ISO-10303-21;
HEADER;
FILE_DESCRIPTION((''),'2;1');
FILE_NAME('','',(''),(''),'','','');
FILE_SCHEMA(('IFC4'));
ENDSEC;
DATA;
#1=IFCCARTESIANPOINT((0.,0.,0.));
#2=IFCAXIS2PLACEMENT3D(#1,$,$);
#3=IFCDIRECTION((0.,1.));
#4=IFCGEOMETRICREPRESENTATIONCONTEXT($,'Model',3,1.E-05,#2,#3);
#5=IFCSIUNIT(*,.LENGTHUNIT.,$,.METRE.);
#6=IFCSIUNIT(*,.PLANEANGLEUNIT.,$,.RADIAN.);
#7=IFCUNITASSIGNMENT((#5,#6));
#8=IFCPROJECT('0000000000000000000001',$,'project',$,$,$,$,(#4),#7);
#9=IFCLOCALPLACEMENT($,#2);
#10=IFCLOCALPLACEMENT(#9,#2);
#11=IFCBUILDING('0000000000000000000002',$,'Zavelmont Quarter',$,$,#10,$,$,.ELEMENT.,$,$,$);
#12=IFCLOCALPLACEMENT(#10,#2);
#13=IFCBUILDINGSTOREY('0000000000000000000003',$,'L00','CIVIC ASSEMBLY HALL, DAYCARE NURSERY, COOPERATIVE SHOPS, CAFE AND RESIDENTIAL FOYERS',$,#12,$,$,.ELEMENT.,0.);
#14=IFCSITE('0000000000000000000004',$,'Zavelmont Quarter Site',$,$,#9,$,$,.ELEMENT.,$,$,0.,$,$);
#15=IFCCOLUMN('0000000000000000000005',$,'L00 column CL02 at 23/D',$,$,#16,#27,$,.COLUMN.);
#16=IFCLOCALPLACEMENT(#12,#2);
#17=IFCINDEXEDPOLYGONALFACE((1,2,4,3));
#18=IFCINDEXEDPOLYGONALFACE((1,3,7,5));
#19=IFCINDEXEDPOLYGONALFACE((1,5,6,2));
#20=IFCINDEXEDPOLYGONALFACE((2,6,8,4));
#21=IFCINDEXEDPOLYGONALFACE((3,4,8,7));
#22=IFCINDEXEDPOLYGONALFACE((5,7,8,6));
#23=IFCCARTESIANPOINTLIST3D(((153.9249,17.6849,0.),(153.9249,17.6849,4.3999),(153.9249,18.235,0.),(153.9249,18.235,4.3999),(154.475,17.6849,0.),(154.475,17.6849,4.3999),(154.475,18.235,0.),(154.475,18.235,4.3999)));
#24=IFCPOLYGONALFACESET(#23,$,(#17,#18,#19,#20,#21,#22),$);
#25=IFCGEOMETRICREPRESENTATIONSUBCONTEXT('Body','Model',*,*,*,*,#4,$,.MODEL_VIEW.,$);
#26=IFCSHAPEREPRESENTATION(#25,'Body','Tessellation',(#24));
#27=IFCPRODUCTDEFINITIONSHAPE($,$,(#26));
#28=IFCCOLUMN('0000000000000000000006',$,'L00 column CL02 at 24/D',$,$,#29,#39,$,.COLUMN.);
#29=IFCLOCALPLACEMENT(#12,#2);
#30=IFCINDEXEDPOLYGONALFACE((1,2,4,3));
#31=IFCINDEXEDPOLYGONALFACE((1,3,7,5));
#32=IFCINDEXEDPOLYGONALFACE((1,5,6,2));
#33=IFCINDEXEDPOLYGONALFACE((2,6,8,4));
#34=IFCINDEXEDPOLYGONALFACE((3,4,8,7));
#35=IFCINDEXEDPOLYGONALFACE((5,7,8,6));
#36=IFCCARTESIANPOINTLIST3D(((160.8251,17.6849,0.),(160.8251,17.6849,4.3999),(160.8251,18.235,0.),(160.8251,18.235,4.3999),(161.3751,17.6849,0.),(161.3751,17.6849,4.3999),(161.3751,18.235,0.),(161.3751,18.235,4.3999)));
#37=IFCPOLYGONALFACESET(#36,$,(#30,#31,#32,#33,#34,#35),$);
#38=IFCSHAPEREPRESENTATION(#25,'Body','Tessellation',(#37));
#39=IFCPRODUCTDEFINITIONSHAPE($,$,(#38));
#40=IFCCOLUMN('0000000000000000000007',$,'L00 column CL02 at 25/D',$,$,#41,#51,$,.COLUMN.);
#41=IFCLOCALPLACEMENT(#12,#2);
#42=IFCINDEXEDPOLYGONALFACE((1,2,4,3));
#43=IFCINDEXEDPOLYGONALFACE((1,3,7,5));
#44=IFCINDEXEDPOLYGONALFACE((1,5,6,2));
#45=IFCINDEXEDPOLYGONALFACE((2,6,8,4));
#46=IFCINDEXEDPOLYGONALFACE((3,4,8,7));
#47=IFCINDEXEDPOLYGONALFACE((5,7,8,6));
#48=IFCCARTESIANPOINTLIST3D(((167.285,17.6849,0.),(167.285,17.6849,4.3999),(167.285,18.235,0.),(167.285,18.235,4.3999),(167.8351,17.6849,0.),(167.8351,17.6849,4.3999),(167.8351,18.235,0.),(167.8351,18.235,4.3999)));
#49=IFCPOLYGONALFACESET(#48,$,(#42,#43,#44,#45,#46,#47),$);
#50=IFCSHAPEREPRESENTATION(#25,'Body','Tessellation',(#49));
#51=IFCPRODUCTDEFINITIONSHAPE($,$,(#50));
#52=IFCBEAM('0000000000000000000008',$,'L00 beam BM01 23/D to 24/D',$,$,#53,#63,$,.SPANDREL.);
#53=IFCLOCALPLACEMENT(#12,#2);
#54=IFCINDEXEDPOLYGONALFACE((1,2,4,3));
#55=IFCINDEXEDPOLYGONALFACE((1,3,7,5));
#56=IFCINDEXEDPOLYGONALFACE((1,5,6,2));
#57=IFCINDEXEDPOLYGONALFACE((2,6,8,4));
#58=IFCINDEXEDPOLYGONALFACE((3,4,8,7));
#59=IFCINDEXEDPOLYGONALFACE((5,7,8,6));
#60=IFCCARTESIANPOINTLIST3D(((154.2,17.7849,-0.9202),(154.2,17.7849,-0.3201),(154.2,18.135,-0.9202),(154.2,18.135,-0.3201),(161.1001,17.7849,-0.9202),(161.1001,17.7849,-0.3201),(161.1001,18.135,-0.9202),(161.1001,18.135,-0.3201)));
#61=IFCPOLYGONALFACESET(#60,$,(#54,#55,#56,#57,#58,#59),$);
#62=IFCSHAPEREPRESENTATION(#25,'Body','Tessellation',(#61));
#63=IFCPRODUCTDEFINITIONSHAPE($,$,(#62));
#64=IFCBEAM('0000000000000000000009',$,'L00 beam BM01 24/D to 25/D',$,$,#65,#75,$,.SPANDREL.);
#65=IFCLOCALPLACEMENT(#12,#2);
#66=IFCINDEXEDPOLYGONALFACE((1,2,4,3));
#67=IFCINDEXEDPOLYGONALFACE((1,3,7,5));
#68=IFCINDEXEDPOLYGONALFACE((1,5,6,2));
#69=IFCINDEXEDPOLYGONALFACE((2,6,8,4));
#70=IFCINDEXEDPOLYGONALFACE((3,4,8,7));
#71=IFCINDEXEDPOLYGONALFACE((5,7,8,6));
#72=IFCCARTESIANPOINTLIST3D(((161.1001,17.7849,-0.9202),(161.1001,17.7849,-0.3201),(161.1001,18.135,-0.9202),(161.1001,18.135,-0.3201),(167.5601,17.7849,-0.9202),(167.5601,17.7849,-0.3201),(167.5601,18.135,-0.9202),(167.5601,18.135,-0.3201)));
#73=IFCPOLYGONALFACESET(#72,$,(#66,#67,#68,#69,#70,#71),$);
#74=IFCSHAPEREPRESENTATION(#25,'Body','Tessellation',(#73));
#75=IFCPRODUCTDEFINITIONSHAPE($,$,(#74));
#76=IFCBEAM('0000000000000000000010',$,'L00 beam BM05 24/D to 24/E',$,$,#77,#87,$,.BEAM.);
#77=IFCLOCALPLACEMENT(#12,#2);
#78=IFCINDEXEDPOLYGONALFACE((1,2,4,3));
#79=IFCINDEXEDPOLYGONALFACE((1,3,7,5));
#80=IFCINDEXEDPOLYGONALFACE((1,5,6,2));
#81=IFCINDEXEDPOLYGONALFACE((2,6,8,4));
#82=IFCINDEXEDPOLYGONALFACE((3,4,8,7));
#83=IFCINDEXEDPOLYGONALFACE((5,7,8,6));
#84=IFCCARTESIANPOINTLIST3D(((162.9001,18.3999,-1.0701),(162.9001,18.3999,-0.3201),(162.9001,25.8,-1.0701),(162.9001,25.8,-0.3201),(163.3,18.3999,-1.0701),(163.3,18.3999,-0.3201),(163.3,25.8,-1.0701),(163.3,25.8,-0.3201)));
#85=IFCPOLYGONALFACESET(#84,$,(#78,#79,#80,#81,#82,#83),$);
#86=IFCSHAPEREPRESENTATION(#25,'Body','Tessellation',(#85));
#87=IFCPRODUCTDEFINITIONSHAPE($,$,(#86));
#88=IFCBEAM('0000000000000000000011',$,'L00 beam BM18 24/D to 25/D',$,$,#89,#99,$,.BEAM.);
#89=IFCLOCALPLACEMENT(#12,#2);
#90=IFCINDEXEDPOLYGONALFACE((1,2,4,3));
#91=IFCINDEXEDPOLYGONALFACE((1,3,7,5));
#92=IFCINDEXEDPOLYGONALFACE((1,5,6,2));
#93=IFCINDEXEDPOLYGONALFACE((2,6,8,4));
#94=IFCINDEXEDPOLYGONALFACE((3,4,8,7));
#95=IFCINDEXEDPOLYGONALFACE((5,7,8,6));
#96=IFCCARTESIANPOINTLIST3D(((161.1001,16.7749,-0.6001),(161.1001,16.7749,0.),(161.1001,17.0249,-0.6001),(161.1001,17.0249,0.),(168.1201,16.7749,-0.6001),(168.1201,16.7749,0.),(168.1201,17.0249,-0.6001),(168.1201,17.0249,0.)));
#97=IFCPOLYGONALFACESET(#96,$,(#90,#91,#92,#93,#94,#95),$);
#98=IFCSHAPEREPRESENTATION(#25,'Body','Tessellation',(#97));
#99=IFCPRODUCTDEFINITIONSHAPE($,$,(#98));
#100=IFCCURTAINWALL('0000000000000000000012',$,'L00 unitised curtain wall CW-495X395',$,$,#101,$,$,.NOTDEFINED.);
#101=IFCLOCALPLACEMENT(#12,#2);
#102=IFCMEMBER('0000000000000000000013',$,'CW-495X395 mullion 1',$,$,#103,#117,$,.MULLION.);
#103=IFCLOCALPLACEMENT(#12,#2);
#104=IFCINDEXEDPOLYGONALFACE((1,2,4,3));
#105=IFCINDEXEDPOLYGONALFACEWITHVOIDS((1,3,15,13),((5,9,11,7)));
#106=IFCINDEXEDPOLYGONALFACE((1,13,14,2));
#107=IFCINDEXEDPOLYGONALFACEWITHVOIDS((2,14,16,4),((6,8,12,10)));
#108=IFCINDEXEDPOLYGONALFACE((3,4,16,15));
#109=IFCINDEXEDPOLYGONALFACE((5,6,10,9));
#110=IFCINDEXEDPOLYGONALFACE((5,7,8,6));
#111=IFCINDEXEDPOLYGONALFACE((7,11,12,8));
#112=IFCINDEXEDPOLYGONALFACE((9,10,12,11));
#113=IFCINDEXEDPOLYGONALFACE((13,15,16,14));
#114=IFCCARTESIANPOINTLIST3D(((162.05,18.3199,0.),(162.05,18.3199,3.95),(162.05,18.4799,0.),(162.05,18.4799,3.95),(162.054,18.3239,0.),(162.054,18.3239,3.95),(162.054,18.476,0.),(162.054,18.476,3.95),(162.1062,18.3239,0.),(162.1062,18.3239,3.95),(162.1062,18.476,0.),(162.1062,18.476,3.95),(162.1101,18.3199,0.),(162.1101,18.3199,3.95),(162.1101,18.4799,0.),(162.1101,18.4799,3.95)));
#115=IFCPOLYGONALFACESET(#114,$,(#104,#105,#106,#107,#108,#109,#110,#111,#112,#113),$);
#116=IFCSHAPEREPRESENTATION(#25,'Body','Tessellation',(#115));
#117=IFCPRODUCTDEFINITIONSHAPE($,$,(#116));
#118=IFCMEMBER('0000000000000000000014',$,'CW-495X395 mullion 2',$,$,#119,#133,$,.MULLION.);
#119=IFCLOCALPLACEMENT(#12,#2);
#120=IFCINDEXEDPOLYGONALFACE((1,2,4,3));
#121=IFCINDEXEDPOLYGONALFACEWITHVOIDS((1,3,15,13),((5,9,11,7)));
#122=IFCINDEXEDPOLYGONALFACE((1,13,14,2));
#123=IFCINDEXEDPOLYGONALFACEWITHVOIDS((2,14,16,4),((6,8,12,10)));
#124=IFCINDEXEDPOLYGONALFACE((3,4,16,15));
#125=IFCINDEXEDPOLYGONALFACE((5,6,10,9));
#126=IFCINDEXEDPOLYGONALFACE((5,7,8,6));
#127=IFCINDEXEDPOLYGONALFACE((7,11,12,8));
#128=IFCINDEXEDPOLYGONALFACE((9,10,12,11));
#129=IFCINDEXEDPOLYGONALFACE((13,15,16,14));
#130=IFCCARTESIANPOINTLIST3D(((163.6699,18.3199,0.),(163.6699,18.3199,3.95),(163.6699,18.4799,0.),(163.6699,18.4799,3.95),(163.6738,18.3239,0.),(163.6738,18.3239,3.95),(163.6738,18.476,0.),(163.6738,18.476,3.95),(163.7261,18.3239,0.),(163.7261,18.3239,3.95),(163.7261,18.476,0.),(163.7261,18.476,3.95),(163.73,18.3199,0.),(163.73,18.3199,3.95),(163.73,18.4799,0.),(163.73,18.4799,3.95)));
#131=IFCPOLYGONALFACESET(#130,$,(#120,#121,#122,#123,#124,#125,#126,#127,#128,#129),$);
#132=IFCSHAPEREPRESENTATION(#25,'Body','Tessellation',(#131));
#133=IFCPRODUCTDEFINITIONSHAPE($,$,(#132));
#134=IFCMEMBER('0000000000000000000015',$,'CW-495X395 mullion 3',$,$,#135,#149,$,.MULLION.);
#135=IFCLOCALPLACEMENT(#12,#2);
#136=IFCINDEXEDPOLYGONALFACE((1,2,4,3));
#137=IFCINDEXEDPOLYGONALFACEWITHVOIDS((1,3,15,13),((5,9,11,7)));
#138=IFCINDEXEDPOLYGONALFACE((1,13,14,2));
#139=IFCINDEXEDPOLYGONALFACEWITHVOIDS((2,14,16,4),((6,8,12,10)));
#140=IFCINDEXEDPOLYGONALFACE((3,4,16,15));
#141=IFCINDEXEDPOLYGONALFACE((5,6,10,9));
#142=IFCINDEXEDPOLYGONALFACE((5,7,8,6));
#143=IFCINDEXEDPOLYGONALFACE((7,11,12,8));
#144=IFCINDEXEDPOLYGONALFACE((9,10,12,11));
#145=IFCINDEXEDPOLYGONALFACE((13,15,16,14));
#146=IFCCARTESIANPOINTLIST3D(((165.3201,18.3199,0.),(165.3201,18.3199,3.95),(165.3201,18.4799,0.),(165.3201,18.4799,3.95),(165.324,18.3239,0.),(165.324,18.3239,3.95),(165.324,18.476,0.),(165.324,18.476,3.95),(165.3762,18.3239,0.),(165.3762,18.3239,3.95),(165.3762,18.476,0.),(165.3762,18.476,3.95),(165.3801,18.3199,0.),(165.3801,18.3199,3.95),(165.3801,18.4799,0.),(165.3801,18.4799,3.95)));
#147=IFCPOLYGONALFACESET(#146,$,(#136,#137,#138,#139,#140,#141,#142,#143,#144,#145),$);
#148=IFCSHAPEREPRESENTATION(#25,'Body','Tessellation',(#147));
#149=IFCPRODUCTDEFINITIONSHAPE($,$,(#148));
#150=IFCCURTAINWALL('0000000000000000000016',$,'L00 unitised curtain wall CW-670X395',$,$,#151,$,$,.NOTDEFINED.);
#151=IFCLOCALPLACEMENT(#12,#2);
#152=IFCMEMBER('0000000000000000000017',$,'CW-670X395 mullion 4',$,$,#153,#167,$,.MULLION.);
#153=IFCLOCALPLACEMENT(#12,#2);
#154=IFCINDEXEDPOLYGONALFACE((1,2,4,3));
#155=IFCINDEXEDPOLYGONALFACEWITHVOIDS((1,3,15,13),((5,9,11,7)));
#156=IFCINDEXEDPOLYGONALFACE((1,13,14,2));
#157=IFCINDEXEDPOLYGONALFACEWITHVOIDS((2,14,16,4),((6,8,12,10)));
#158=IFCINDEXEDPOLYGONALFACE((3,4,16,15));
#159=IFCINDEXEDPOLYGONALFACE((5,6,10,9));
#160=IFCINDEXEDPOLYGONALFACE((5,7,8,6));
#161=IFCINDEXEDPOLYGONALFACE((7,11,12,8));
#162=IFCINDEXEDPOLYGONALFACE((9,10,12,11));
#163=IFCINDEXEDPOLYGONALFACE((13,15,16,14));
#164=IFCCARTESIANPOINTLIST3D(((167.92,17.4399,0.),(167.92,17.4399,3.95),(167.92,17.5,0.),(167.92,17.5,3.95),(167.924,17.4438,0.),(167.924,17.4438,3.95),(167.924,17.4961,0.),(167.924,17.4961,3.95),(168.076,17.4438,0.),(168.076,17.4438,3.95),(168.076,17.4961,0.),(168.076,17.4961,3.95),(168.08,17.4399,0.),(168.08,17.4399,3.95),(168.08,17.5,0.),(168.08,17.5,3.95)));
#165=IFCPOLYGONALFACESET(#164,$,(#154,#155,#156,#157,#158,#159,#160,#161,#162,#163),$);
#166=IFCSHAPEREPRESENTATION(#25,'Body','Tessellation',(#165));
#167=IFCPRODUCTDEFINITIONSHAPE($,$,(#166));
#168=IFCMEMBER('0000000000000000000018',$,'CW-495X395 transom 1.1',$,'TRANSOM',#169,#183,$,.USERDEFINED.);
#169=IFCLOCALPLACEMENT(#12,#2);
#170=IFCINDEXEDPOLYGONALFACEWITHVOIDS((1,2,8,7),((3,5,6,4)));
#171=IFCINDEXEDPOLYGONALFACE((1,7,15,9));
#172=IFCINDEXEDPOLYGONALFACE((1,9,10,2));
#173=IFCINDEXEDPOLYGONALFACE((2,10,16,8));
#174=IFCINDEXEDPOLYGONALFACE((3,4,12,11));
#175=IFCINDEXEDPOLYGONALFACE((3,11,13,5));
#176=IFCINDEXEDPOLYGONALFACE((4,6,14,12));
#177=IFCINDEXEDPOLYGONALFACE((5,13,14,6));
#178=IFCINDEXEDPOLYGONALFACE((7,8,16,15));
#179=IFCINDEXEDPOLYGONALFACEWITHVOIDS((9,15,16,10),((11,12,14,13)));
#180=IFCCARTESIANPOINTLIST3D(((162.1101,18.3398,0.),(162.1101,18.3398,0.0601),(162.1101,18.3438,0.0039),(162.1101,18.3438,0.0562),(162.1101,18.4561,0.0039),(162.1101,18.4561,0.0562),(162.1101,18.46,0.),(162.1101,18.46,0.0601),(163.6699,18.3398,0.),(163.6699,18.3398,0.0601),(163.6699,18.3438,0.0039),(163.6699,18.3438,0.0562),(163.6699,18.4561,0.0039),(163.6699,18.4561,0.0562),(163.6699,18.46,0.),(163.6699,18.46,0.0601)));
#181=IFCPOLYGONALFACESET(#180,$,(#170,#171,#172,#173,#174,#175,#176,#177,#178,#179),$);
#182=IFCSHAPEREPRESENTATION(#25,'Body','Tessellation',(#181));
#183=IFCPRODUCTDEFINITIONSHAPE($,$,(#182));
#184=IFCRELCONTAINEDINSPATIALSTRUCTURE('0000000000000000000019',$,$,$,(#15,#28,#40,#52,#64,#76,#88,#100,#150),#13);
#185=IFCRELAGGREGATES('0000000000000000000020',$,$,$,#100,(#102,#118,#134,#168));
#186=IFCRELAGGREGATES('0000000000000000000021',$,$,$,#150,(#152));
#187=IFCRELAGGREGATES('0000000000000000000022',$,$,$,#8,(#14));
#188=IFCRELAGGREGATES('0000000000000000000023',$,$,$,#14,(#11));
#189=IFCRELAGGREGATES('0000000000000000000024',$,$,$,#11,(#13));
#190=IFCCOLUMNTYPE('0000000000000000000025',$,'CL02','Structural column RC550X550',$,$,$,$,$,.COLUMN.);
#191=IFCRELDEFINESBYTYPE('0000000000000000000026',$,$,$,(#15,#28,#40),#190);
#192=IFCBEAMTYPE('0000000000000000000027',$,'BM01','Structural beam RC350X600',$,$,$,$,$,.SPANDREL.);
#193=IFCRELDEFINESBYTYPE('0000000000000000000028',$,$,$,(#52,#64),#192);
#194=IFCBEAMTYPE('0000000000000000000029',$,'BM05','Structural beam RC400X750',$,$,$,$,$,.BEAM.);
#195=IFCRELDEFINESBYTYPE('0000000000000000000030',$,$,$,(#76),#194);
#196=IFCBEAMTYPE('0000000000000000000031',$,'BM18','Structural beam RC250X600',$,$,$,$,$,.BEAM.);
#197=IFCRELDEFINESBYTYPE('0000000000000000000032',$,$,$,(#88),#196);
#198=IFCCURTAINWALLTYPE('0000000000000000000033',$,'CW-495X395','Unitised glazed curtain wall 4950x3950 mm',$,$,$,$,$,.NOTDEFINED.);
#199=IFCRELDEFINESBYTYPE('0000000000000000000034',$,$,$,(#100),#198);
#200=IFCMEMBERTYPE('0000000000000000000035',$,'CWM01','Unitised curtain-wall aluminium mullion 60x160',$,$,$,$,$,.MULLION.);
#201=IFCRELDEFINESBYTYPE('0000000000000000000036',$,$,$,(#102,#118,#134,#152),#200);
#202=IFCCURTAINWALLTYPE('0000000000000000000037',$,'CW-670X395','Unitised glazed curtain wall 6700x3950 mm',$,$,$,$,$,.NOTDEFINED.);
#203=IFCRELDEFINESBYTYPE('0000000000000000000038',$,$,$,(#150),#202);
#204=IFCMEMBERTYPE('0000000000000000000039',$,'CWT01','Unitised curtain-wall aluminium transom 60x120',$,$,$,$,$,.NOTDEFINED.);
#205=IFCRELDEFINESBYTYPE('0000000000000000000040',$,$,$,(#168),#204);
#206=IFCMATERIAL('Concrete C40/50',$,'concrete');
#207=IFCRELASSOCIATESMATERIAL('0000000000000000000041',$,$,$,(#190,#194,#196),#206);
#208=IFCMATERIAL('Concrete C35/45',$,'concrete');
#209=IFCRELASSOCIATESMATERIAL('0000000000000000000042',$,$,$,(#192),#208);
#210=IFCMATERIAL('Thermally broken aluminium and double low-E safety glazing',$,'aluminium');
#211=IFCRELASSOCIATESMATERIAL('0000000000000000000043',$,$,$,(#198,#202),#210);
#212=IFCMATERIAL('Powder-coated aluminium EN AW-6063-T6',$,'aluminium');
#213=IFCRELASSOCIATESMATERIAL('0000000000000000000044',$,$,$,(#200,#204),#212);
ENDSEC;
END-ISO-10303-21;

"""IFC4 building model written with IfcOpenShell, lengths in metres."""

from ifc_helpers import new_model, si_unit, direction, frame, origin, origin_2d, place, context, subcontext, project, spatial, rectangle, hollow_rectangle, extrude, material, material_profile, profile_set, type_object, element, aggregate, save


model = new_model("IFC4")

# Units and contexts
model_context = context("Model", 3, precision=1e-05, world=origin(), true_north=direction((0.0, 1.0)))
body_context = subcontext(model_context, "Body", "Model", "MODEL_VIEW")
ifc_project = project(units=[si_unit("LENGTHUNIT", "METRE"), si_unit("PLANEANGLEUNIT", "RADIAN")], contexts=[model_context])

# Site, building, storey
site_placement = place(None, origin())
site = spatial("IfcSite", under=ifc_project, at=site_placement, Name="Zavelmont Quarter Site", CompositionType="ELEMENT", RefElevation=0.0)
building_placement = place(site_placement, origin())
building = spatial("IfcBuilding", under=site, at=building_placement, Name="Zavelmont Quarter", CompositionType="ELEMENT")
storey_placement = place(building_placement, origin())
storey = spatial("IfcBuildingStorey", under=building, at=storey_placement, Name="L00", Description="CIVIC ASSEMBLY HALL, DAYCARE NURSERY, COOPERATIVE SHOPS, CAFE AND RESIDENTIAL FOYERS", CompositionType="ELEMENT", Elevation=0.0)

# Columns
ifc_material_1 = material(Name="Concrete C40/50", Category="concrete")
ifc_material_profile_1 = material_profile(ifc_material_1, rectangle(XDim=0.55, YDim=0.55, at=origin_2d()), Name="RC550X550")
ifc_profile_set_1 = profile_set([ifc_material_profile_1], Name="Concrete C40/50")
column_type = type_object("IfcColumnType", Name="CL02", Description="Structural column RC550X550", PredefinedType="COLUMN", material=ifc_profile_set_1)
for number, where, z_axis, x_axis, name in (
    (1, (154.2, 17.96, 0.0), (0.0, 0.0, 1.0), (1.0, 0.0, 0.0), "L00 column CL02 at 23/D"),
    (2, (161.1001, 17.96, 0.0), (0.0, 0.0, 1.0), (1.0, 0.0, 0.0), "L00 column CL02 at 24/D"),
    (3, (167.5601, 17.96, 0.0), (0.0, 0.0, 1.0), (1.0, 0.0, 0.0), "L00 column CL02 at 25/D"),
):
    element("IfcColumn", number, at=place(storey_placement, frame(where, z_axis=z_axis, x_axis=x_axis)), inside=storey, type_object=column_type, Name=name, PredefinedType="COLUMN", context=body_context, shape_type="SweptSolid", body=[
        extrude(rectangle(XDim=0.55, YDim=0.55, at=origin_2d()), origin(), (0.0, 0.0, 1.0), 4.3999),
    ])

# Beams
ifc_material_2 = material(Name="Concrete C35/45", Category="concrete")
ifc_material_profile_2 = material_profile(ifc_material_2, rectangle(XDim=0.3501, YDim=0.6001, at=origin_2d()), Name="RC350X600")
ifc_profile_set_2 = profile_set([ifc_material_profile_2], Name="Concrete C35/45")
beam_type_1 = type_object("IfcBeamType", Name="BM01", Description="Structural beam RC350X600", PredefinedType="SPANDREL", material=ifc_profile_set_2)
beam_1_placement = place(storey_placement, frame((154.2, 17.96, -0.6201), z_axis=(1.0, 0.0, 0.0), x_axis=(0.0, 1.0, 0.0)))
element("IfcBeam", 4, at=beam_1_placement, inside=storey, type_object=beam_type_1, Name="L00 beam BM01 23/D to 24/D", PredefinedType="SPANDREL", context=body_context, shape_type="SweptSolid", body=[
    extrude(rectangle(XDim=0.3501, YDim=0.6001, at=origin_2d()), origin(), (0.0, 0.0, 1.0), 6.9001),
])
beam_2_placement = place(storey_placement, frame((161.1001, 17.96, -0.6201), z_axis=(1.0, 0.0, 0.0), x_axis=(0.0, 1.0, 0.0)))
element("IfcBeam", 5, at=beam_2_placement, inside=storey, type_object=beam_type_1, Name="L00 beam BM01 24/D to 25/D", PredefinedType="SPANDREL", context=body_context, shape_type="SweptSolid", body=[
    extrude(rectangle(XDim=0.3501, YDim=0.6001, at=origin_2d()), origin(), (0.0, 0.0, 1.0), 6.46),
])
ifc_material_profile_3 = material_profile(ifc_material_1, rectangle(XDim=0.3999, YDim=0.75, at=origin_2d()), Name="RC400X750")
ifc_profile_set_3 = profile_set([ifc_material_profile_3], Name="Concrete C40/50")
beam_type_2 = type_object("IfcBeamType", Name="BM05", Description="Structural beam RC400X750", PredefinedType="BEAM", material=ifc_profile_set_3)
beam_3_placement = place(storey_placement, frame((163.1001, 18.3999, -0.6951), z_axis=(0.0, 1.0, 0.0), x_axis=(-1.0, 0.0, 0.0)))
element("IfcBeam", 6, at=beam_3_placement, inside=storey, type_object=beam_type_2, Name="L00 beam BM05 24/D to 24/E", PredefinedType="BEAM", context=body_context, shape_type="SweptSolid", body=[
    extrude(rectangle(XDim=0.3999, YDim=0.75, at=origin_2d()), origin(), (0.0, 0.0, 1.0), 7.4001),
])
ifc_material_profile_4 = material_profile(ifc_material_1, rectangle(XDim=0.25, YDim=0.6001, at=origin_2d()), Name="RC250X600")
ifc_profile_set_4 = profile_set([ifc_material_profile_4], Name="Concrete C40/50")
beam_type_3 = type_object("IfcBeamType", Name="BM18", Description="Structural beam RC250X600", PredefinedType="BEAM", material=ifc_profile_set_4)
beam_4_placement = place(storey_placement, frame((161.1001, 16.8999, -0.3), z_axis=(1.0, 0.0, 0.0), x_axis=(0.0, 1.0, 0.0)))
element("IfcBeam", 7, at=beam_4_placement, inside=storey, type_object=beam_type_3, Name="L00 beam BM18 24/D to 25/D", PredefinedType="BEAM", context=body_context, shape_type="SweptSolid", body=[
    extrude(rectangle(XDim=0.25, YDim=0.6001, at=origin_2d()), origin(), (0.0, 0.0, 1.0), 7.02),
])

# Curtain wall, members
ifc_material_3 = material(Name="Thermally broken aluminium and double low-E safety glazing", Category="aluminium")
curtain_wall_type_1 = type_object("IfcCurtainWallType", Name="CW-495X395", Description="Unitised glazed curtain wall 4950x3950 mm", PredefinedType="NOTDEFINED", material=ifc_material_3)
curtain_wall_1_placement = place(storey_placement, origin())
curtain_wall_1 = element("IfcCurtainWall", 8, at=curtain_wall_1_placement, inside=storey, type_object=curtain_wall_type_1, Name="L00 unitised curtain wall CW-495X395", PredefinedType="NOTDEFINED")
ifc_material_4 = material(Name="Powder-coated aluminium EN AW-6063-T6", Category="aluminium")
ifc_material_profile_5 = material_profile(ifc_material_4, hollow_rectangle(XDim=0.0601, YDim=0.1599, WallThickness=0.0039, at=origin_2d()), Name="CWM60X160")
ifc_profile_set_5 = profile_set([ifc_material_profile_5], Name="Powder-coated aluminium EN AW-6063-T6")
member_type_1 = type_object("IfcMemberType", Name="CWM01", Description="Unitised curtain-wall aluminium mullion 60x160", PredefinedType="MULLION", material=ifc_profile_set_5)
member_1_placement = place(storey_placement, frame((162.0801, 18.3999, 0.0), z_axis=(0.0, 0.0, 1.0), x_axis=(1.0, 0.0, 0.0)))
member_1 = element("IfcMember", 9, at=member_1_placement, type_object=member_type_1, Name="CW-495X395 mullion 1", PredefinedType="MULLION", context=body_context, shape_type="SweptSolid", body=[
    extrude(hollow_rectangle(XDim=0.0601, YDim=0.1599, WallThickness=0.0039, at=origin_2d()), origin(), (0.0, 0.0, 1.0), 3.95),
])
member_2_placement = place(storey_placement, frame((163.7, 18.3999, 0.0), z_axis=(0.0, 0.0, 1.0), x_axis=(1.0, 0.0, 0.0)))
member_2 = element("IfcMember", 10, at=member_2_placement, type_object=member_type_1, Name="CW-495X395 mullion 2", PredefinedType="MULLION", context=body_context, shape_type="SweptSolid", body=[
    extrude(hollow_rectangle(XDim=0.0601, YDim=0.1599, WallThickness=0.0039, at=origin_2d()), origin(), (0.0, 0.0, 1.0), 3.95),
])
member_3_placement = place(storey_placement, frame((165.3501, 18.3999, 0.0), z_axis=(0.0, 0.0, 1.0), x_axis=(1.0, 0.0, 0.0)))
member_3 = element("IfcMember", 11, at=member_3_placement, type_object=member_type_1, Name="CW-495X395 mullion 3", PredefinedType="MULLION", context=body_context, shape_type="SweptSolid", body=[
    extrude(hollow_rectangle(XDim=0.0601, YDim=0.1599, WallThickness=0.0039, at=origin_2d()), origin(), (0.0, 0.0, 1.0), 3.95),
])

# Curtain wall, member
curtain_wall_type_2 = type_object("IfcCurtainWallType", Name="CW-670X395", Description="Unitised glazed curtain wall 6700x3950 mm", PredefinedType="NOTDEFINED", material=ifc_material_3)
curtain_wall_2_placement = place(storey_placement, origin())
curtain_wall_2 = element("IfcCurtainWall", 12, at=curtain_wall_2_placement, inside=storey, type_object=curtain_wall_type_2, Name="L00 unitised curtain wall CW-670X395", PredefinedType="NOTDEFINED")
member_4_placement = place(storey_placement, frame((168.0, 17.47, 0.0), z_axis=(0.0, 0.0, 1.0), x_axis=(0.0, 1.0, 0.0)))
member_4 = element("IfcMember", 13, at=member_4_placement, type_object=member_type_1, Name="CW-670X395 mullion 4", PredefinedType="MULLION", context=body_context, shape_type="SweptSolid", body=[
    extrude(hollow_rectangle(XDim=0.0601, YDim=0.1599, WallThickness=0.0039, at=origin_2d()), origin(), (0.0, 0.0, 1.0), 3.95),
])

# Member
ifc_material_profile_6 = material_profile(ifc_material_4, hollow_rectangle(XDim=0.1201, YDim=0.0601, WallThickness=0.0039, at=origin_2d()), Name="CWT60X120")
ifc_profile_set_6 = profile_set([ifc_material_profile_6], Name="Powder-coated aluminium EN AW-6063-T6")
member_type_2 = type_object("IfcMemberType", Name="CWT01", Description="Unitised curtain-wall aluminium transom 60x120", PredefinedType="NOTDEFINED", material=ifc_profile_set_6)
member_5_placement = place(storey_placement, frame((162.1101, 18.3999, 0.03), z_axis=(1.0, 0.0, 0.0), x_axis=(0.0, 1.0, 0.0)))
member_5 = element("IfcMember", 14, at=member_5_placement, type_object=member_type_2, Name="CW-495X395 transom 1.1", ObjectType="TRANSOM", PredefinedType="USERDEFINED", context=body_context, shape_type="SweptSolid", body=[
    extrude(hollow_rectangle(XDim=0.1201, YDim=0.0601, WallThickness=0.0039, at=origin_2d()), origin(), (0.0, 0.0, 1.0), 1.5598),
])

aggregate(curtain_wall_1, [member_1, member_2, member_3, member_5])
aggregate(curtain_wall_2, [member_4])

save(model, "model.ifc")
